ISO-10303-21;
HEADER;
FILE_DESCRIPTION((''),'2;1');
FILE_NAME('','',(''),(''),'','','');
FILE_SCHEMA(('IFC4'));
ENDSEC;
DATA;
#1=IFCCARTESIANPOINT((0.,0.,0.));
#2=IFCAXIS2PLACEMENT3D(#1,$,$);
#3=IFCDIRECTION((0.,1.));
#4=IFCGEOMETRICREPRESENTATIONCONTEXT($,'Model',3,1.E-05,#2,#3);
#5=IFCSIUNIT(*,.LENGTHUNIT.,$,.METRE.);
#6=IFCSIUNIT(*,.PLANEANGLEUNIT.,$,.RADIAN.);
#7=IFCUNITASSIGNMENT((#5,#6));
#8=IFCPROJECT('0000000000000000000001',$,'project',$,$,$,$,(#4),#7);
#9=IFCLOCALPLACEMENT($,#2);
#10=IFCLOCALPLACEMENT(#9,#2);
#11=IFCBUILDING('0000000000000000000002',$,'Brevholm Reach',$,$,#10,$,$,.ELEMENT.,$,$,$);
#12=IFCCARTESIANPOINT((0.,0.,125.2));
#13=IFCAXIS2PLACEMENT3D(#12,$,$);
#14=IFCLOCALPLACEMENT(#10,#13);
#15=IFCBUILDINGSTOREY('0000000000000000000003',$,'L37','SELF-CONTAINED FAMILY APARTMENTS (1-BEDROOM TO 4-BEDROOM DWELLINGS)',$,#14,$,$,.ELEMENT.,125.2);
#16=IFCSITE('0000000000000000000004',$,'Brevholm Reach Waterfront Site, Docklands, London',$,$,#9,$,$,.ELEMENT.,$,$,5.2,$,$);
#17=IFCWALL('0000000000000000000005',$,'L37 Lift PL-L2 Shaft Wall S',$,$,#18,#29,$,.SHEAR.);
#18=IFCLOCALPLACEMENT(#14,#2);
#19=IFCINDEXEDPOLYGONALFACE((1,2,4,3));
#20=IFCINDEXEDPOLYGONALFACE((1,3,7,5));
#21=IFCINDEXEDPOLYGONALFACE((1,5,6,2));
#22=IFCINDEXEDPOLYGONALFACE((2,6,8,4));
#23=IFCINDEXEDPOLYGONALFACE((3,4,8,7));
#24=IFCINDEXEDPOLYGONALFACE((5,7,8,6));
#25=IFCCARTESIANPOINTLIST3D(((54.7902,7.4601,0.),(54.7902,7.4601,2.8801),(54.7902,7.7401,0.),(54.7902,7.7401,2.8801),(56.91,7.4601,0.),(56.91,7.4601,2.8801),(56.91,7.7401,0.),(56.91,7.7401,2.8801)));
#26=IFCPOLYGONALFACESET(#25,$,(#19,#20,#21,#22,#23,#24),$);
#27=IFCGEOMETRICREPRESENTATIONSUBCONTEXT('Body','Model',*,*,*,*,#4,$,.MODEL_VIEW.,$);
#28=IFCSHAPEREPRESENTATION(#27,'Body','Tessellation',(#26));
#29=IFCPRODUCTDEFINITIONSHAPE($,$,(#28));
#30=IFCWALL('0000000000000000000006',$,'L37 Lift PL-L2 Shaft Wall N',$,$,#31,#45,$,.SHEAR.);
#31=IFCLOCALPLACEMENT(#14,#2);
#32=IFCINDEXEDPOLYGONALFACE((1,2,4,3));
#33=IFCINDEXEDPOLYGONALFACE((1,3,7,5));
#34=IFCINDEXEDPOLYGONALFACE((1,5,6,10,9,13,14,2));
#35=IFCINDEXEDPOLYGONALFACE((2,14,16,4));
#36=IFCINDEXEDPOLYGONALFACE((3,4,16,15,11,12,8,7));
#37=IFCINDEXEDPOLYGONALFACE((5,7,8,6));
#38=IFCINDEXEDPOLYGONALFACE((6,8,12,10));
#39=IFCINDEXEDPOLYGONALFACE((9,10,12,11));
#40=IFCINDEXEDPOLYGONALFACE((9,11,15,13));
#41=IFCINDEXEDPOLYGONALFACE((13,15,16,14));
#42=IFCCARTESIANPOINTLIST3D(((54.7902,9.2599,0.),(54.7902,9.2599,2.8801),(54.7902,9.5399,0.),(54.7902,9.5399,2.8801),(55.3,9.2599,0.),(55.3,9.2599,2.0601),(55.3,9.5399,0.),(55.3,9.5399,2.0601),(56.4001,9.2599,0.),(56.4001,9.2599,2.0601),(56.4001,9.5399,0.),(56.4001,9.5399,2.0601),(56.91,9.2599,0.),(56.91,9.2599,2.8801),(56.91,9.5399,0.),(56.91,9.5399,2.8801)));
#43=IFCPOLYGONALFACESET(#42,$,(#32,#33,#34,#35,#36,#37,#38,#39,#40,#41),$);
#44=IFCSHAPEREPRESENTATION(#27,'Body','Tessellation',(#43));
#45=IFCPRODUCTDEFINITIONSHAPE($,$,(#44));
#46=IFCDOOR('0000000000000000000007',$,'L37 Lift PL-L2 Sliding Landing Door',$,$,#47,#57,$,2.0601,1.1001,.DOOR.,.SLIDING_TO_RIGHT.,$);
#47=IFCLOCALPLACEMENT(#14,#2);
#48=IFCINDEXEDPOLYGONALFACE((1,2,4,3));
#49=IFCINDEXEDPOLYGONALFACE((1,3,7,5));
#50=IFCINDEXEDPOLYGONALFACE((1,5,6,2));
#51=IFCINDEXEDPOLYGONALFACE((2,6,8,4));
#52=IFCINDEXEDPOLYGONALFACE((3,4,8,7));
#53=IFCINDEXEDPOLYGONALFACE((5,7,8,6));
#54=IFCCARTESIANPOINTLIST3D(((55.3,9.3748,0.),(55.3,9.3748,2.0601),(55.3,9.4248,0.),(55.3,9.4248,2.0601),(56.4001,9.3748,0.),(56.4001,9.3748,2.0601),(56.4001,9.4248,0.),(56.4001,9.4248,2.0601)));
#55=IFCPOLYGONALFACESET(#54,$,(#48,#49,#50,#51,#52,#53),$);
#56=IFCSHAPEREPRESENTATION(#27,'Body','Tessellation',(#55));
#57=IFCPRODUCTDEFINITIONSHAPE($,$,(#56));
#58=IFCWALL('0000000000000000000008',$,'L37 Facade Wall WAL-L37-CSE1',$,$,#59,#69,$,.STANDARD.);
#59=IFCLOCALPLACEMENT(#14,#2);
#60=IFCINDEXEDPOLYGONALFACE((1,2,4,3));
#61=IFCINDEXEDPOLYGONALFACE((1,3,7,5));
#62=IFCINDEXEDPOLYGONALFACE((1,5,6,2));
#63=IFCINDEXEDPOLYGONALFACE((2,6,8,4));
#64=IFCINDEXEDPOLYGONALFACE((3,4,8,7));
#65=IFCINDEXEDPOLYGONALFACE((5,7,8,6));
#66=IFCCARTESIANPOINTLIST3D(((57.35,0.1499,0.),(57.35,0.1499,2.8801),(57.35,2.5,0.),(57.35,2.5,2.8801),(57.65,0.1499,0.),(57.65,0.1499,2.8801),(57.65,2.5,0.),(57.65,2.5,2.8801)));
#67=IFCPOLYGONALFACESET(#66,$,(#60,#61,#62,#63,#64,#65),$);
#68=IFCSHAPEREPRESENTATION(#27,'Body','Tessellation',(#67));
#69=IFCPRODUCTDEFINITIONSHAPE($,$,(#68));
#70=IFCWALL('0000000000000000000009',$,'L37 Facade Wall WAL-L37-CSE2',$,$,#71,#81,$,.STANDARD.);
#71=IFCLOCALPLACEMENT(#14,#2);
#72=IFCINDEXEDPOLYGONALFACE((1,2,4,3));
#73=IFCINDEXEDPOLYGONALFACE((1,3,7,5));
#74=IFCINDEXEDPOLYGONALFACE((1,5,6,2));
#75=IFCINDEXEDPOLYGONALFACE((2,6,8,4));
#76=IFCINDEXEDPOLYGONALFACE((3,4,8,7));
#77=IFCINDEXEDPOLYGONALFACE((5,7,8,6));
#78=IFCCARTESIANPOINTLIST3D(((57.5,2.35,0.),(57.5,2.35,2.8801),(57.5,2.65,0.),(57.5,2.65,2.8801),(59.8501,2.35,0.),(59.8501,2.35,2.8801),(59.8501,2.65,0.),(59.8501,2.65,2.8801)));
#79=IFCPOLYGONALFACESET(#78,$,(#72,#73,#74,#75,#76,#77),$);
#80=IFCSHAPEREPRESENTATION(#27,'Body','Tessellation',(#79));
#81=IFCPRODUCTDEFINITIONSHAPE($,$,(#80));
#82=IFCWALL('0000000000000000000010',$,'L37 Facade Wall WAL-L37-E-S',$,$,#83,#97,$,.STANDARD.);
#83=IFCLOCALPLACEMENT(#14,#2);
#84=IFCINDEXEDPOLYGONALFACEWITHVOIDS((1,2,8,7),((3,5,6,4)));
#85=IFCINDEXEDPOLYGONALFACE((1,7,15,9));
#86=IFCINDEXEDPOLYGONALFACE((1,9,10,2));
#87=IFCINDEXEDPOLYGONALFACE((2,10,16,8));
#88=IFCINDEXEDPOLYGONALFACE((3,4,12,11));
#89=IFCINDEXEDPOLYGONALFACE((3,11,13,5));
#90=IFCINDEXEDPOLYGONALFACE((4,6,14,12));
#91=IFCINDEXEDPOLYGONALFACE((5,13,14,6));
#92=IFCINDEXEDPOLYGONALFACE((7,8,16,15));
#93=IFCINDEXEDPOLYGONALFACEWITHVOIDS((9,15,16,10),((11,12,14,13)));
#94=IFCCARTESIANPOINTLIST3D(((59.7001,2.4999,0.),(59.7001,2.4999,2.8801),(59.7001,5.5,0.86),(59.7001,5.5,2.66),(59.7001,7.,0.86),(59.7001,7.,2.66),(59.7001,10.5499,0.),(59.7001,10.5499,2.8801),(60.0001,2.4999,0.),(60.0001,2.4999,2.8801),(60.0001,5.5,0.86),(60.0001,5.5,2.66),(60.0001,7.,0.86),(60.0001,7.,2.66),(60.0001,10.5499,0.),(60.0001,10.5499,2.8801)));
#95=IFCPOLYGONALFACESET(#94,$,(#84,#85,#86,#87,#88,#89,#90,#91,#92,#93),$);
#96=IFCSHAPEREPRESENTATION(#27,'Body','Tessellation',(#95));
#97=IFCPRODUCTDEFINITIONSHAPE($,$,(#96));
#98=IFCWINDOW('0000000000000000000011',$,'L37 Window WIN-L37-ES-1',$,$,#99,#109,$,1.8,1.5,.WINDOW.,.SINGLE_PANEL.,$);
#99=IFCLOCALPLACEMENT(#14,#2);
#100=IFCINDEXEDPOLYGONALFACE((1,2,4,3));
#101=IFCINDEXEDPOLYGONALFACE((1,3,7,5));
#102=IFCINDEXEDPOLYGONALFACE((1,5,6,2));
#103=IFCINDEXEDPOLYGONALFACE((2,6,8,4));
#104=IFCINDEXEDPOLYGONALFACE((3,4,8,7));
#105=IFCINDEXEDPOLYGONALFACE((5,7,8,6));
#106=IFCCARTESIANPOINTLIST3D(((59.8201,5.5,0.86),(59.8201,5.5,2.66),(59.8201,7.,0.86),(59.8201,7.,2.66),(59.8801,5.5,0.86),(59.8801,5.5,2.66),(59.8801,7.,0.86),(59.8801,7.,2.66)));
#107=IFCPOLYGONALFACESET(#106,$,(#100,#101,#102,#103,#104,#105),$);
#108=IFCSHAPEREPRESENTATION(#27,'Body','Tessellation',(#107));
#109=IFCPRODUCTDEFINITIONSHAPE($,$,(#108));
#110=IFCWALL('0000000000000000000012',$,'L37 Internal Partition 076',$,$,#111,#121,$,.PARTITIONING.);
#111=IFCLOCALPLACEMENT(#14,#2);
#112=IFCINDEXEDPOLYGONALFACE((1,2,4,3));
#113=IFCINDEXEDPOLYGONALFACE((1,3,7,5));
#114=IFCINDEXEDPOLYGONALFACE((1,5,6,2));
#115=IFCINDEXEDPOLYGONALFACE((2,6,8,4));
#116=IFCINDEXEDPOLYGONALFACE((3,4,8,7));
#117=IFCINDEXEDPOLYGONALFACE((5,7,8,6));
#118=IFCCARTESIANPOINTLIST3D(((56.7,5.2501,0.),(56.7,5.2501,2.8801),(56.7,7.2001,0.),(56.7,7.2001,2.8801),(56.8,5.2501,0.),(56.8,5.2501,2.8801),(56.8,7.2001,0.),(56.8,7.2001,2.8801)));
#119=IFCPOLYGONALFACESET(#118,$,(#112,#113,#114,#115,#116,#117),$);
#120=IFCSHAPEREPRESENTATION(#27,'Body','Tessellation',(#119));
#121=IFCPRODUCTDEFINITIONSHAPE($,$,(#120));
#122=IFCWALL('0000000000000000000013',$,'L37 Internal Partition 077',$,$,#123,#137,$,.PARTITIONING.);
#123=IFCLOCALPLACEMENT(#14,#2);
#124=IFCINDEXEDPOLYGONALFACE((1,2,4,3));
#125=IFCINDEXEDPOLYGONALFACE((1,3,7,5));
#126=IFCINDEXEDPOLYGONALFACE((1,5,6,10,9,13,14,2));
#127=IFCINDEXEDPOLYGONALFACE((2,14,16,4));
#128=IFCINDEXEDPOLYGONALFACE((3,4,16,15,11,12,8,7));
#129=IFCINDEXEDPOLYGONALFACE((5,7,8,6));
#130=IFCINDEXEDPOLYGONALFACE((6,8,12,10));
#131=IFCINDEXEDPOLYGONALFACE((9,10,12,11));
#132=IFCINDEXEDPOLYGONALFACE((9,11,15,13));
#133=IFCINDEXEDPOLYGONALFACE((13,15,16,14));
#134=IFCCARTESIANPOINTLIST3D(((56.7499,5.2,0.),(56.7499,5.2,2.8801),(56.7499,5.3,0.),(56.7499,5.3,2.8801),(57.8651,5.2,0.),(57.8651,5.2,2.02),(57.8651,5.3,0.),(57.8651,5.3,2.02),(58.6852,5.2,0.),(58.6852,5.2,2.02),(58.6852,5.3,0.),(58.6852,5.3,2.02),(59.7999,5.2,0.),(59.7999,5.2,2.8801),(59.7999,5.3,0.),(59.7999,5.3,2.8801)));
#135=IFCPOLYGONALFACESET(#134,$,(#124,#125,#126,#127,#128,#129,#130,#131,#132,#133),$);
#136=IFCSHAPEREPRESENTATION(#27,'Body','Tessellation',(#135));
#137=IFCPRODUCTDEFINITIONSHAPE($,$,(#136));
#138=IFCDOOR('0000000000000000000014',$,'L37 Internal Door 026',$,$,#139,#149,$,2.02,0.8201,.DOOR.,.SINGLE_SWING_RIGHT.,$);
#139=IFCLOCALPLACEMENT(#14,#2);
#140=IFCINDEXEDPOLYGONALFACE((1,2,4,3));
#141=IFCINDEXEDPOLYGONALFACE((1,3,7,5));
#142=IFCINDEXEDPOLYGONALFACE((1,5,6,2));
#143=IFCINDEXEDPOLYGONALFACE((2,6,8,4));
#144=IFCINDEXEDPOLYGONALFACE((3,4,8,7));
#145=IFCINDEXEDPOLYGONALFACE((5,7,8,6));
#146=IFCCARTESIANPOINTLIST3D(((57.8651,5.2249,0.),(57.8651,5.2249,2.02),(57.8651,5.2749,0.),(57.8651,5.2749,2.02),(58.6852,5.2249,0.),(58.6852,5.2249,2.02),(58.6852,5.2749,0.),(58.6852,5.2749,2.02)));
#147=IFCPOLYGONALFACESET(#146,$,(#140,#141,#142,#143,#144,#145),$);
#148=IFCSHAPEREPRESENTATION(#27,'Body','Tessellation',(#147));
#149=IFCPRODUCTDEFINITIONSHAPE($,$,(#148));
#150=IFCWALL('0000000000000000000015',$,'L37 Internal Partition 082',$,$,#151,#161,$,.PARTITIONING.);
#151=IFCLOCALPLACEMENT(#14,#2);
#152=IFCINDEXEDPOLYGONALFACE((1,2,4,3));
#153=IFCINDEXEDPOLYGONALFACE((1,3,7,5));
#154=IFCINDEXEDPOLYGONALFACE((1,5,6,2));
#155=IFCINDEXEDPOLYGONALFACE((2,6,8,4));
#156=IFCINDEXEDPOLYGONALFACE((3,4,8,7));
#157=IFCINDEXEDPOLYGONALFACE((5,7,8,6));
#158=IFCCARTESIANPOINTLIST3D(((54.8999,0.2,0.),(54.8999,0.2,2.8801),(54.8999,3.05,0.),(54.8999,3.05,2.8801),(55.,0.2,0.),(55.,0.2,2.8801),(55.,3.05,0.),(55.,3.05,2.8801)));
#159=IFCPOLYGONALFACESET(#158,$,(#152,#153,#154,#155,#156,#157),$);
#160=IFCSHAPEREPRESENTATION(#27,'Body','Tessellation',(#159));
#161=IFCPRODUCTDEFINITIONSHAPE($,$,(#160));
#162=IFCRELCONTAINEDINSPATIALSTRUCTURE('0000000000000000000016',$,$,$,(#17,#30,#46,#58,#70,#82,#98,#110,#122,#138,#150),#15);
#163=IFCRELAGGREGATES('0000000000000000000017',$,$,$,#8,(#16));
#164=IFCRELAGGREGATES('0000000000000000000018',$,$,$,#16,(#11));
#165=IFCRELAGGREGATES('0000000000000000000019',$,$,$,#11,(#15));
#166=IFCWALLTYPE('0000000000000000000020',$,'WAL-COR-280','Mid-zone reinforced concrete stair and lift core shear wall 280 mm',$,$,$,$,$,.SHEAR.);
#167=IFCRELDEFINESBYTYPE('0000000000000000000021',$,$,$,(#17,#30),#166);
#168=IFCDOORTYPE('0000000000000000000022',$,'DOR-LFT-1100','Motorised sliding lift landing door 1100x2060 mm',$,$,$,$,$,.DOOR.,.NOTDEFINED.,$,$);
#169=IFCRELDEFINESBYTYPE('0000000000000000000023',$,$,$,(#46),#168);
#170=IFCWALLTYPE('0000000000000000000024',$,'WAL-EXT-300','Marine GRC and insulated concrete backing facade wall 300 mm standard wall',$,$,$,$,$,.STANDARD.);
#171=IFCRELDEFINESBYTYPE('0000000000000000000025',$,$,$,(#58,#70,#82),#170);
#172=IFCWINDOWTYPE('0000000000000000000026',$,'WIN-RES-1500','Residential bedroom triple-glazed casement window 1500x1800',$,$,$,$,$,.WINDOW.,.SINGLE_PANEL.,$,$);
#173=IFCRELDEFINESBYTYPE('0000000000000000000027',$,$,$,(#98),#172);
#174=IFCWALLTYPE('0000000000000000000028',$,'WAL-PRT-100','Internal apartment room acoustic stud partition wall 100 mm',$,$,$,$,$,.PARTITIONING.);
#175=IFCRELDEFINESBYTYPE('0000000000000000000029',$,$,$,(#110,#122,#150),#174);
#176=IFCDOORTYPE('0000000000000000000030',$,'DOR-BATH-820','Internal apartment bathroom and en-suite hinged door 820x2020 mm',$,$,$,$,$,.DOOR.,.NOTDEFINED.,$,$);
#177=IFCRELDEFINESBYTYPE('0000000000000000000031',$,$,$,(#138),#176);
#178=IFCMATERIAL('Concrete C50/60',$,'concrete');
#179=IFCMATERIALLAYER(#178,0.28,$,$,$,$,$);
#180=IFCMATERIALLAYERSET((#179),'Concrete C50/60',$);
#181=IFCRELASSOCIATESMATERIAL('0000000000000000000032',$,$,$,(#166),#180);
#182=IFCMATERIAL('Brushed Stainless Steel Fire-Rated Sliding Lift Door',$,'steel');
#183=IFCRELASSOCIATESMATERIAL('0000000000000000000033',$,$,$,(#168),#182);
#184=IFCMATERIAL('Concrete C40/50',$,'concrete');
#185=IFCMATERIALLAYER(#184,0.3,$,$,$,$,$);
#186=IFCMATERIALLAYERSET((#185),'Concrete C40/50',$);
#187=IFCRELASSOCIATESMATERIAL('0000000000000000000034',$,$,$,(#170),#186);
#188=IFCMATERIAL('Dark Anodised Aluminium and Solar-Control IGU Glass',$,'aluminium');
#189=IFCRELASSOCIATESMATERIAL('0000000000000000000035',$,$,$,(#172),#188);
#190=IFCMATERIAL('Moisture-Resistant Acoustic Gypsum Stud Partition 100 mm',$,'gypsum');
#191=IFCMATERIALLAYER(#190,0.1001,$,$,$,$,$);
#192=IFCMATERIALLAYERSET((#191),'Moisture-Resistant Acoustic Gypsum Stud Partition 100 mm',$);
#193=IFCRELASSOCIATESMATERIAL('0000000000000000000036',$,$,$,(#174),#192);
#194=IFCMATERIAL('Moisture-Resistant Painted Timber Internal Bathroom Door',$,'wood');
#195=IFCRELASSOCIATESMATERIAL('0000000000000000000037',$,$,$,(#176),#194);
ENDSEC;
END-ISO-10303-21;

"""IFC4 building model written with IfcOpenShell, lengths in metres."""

from ifc_helpers import new_model, si_unit, direction, frame, frame_2d, origin, place, context, subcontext, project, spatial, rectangle, extrude, material, layer, layer_set, type_object, element, fill, save


model = new_model("IFC4")

# Units and contexts
model_context = context("Model", 3, precision=1e-05, world=origin(), true_north=direction((0.0, 1.0)))
body_context = subcontext(model_context, "Body", "Model", "MODEL_VIEW")
ifc_project = project(units=[si_unit("LENGTHUNIT", "METRE"), si_unit("PLANEANGLEUNIT", "RADIAN")], contexts=[model_context])

# Site, building, storey
site_placement = place(None, origin())
site = spatial("IfcSite", under=ifc_project, at=site_placement, Name="Brevholm Reach Waterfront Site, Docklands, London", CompositionType="ELEMENT", RefElevation=5.2)
building_placement = place(site_placement, origin())
building = spatial("IfcBuilding", under=site, at=building_placement, Name="Brevholm Reach", CompositionType="ELEMENT")
storey_placement = place(building_placement, frame((0.0, 0.0, 125.2)))
storey = spatial("IfcBuildingStorey", under=building, at=storey_placement, Name="L37", Description="SELF-CONTAINED FAMILY APARTMENTS (1-BEDROOM TO 4-BEDROOM DWELLINGS)", CompositionType="ELEMENT", Elevation=125.2)

# Wall
ifc_material_1 = material(Name="Concrete C50/60", Category="concrete")
ifc_layer_1 = layer(ifc_material_1, 0.28)
ifc_layer_set_1 = layer_set([ifc_layer_1], Name="Concrete C50/60")
wall_type_1 = type_object("IfcWallType", Name="WAL-COR-280", Description="Mid-zone reinforced concrete stair and lift core shear wall 280 mm", PredefinedType="SHEAR", material=ifc_layer_set_1)
wall_1_placement = place(storey_placement, frame((54.79, 7.6001, 0.0), z_axis=(0.0, 0.0, 1.0), x_axis=(1.0, 0.0, 0.0)))
element("IfcWall", 1, at=wall_1_placement, inside=storey, type_object=wall_type_1, Name="L37 Lift PL-L2 Shaft Wall S", PredefinedType="SHEAR", context=body_context, shape_type="SweptSolid", body=[
    extrude(rectangle(XDim=2.1199, YDim=0.28, at=frame_2d((1.0601, 0.0))), origin(), (0.0, 0.0, 1.0), 2.8801),
])

# Wall, opening, door
wall_2_placement = place(storey_placement, frame((54.79, 9.3999, 0.0), z_axis=(0.0, 0.0, 1.0), x_axis=(1.0, 0.0, 0.0)))
wall_2 = element("IfcWall", 2, at=wall_2_placement, inside=storey, type_object=wall_type_1, Name="L37 Lift PL-L2 Shaft Wall N", PredefinedType="SHEAR", context=body_context, shape_type="SweptSolid", body=[
    extrude(rectangle(XDim=2.1199, YDim=0.28, at=frame_2d((1.0601, 0.0))), origin(), (0.0, 0.0, 1.0), 2.8801),
])
opening_1_placement = place(wall_2_placement, frame((0.51, 0.0, 0.0)))
opening_1 = element("IfcOpeningElement", 3, at=opening_1_placement, cuts=wall_2, PredefinedType="OPENING", context=body_context, shape_type="SweptSolid", body=[
    extrude(rectangle(XDim=1.1001, YDim=2.0601, at=frame_2d((0.55, 1.03))), frame((0.0, 0.1499, 0.0), z_axis=(0.0, -1.0, 0.0), x_axis=(1.0, 0.0, 0.0)), (0.0, 0.0, 1.0), 0.3),
])
ifc_material_2 = material(Name="Brushed Stainless Steel Fire-Rated Sliding Lift Door", Category="steel")
door_type_1 = type_object("IfcDoorType", Name="DOR-LFT-1100", Description="Motorised sliding lift landing door 1100x2060 mm", OperationType="NOTDEFINED", PredefinedType="DOOR", material=ifc_material_2)
door_1_placement = place(opening_1_placement, origin())
door_1 = element("IfcDoor", 4, at=door_1_placement, inside=storey, type_object=door_type_1, Name="L37 Lift PL-L2 Sliding Landing Door", OperationType="SLIDING_TO_RIGHT", OverallHeight=2.0601, OverallWidth=1.1001, PredefinedType="DOOR", context=body_context, shape_type="SweptSolid", body=[
    extrude(rectangle(XDim=1.1001, YDim=2.0601, at=frame_2d((0.55, 1.03))), frame((0.0, 0.0249, 0.0), z_axis=(0.0, -1.0, 0.0), x_axis=(1.0, 0.0, 0.0)), (0.0, 0.0, 1.0), 0.05),
])
fill(opening_1, door_1)

# Walls
ifc_material_3 = material(Name="Concrete C40/50", Category="concrete")
ifc_layer_2 = layer(ifc_material_3, 0.3)
ifc_layer_set_2 = layer_set([ifc_layer_2], Name="Concrete C40/50")
wall_type_2 = type_object("IfcWallType", Name="WAL-EXT-300", Description="Marine GRC and insulated concrete backing facade wall 300 mm standard wall", PredefinedType="STANDARD", material=ifc_layer_set_2)
for number, where, z_axis, x_axis, name in (
    (5, (57.5, 0.1499, 0.0), (0.0, 0.0, 1.0), (0.0, 1.0, 0.0), "L37 Facade Wall WAL-L37-CSE1"),
    (6, (57.5, 2.5, 0.0), (0.0, 0.0, 1.0), (1.0, 0.0, 0.0), "L37 Facade Wall WAL-L37-CSE2"),
):
    element("IfcWall", number, at=place(storey_placement, frame(where, z_axis=z_axis, x_axis=x_axis)), inside=storey, type_object=wall_type_2, Name=name, PredefinedType="STANDARD", context=body_context, shape_type="SweptSolid", body=[
        extrude(rectangle(XDim=2.3501, YDim=0.3, at=frame_2d((1.175, 0.0))), origin(), (0.0, 0.0, 1.0), 2.8801),
    ])

# Wall, opening, window
wall_3_placement = place(storey_placement, frame((59.8501, 2.5, 0.0), z_axis=(0.0, 0.0, 1.0), x_axis=(0.0, 1.0, 0.0)))
wall_3 = element("IfcWall", 7, at=wall_3_placement, inside=storey, type_object=wall_type_2, Name="L37 Facade Wall WAL-L37-E-S", PredefinedType="STANDARD", context=body_context, shape_type="SweptSolid", body=[
    extrude(rectangle(XDim=8.05, YDim=0.3, at=frame_2d((4.0249, 0.0))), origin(), (0.0, 0.0, 1.0), 2.8801),
])
opening_2_placement = place(wall_3_placement, frame((3.0, 0.0, 0.8601)))
opening_2 = element("IfcOpeningElement", 8, at=opening_2_placement, cuts=wall_3, PredefinedType="OPENING", context=body_context, shape_type="SweptSolid", body=[
    extrude(rectangle(XDim=1.5, YDim=1.8, at=frame_2d((0.75, 0.8999))), frame((0.0, 0.1599, 0.0), z_axis=(0.0, -1.0, 0.0), x_axis=(1.0, 0.0, 0.0)), (0.0, 0.0, 1.0), 0.3201),
])
ifc_material_4 = material(Name="Dark Anodised Aluminium and Solar-Control IGU Glass", Category="aluminium")
window_type = type_object("IfcWindowType", Name="WIN-RES-1500", Description="Residential bedroom triple-glazed casement window 1500x1800", PartitioningType="SINGLE_PANEL", PredefinedType="WINDOW", material=ifc_material_4)
window_placement = place(opening_2_placement, origin())
window = element("IfcWindow", 9, at=window_placement, inside=storey, type_object=window_type, Name="L37 Window WIN-L37-ES-1", OverallHeight=1.8, OverallWidth=1.5, PartitioningType="SINGLE_PANEL", PredefinedType="WINDOW", context=body_context, shape_type="SweptSolid", body=[
    extrude(rectangle(XDim=1.5, YDim=1.8, at=frame_2d((0.75, 0.8999))), frame((0.0, 0.03, 0.0), z_axis=(0.0, -1.0, 0.0), x_axis=(1.0, 0.0, 0.0)), (0.0, 0.0, 1.0), 0.0601),
])
fill(opening_2, window)

# Wall
ifc_material_5 = material(Name="Moisture-Resistant Acoustic Gypsum Stud Partition 100 mm", Category="gypsum")
ifc_layer_3 = layer(ifc_material_5, 0.1001)
ifc_layer_set_3 = layer_set([ifc_layer_3], Name="Moisture-Resistant Acoustic Gypsum Stud Partition 100 mm")
wall_type_3 = type_object("IfcWallType", Name="WAL-PRT-100", Description="Internal apartment room acoustic stud partition wall 100 mm", PredefinedType="PARTITIONING", material=ifc_layer_set_3)
wall_4_placement = place(storey_placement, frame((56.75, 5.25, 0.0), z_axis=(0.0, 0.0, 1.0), x_axis=(0.0, 1.0, 0.0)))
element("IfcWall", 10, at=wall_4_placement, inside=storey, type_object=wall_type_3, Name="L37 Internal Partition 076", PredefinedType="PARTITIONING", context=body_context, shape_type="SweptSolid", body=[
    extrude(rectangle(XDim=1.95, YDim=0.1001, at=frame_2d((0.9751, 0.0))), origin(), (0.0, 0.0, 1.0), 2.8801),
])

# Wall, opening, door
wall_5_placement = place(storey_placement, frame((56.75, 5.25, 0.0), z_axis=(0.0, 0.0, 1.0), x_axis=(1.0, 0.0, 0.0)))
wall_5 = element("IfcWall", 11, at=wall_5_placement, inside=storey, type_object=wall_type_3, Name="L37 Internal Partition 077", PredefinedType="PARTITIONING", context=body_context, shape_type="SweptSolid", body=[
    extrude(rectangle(XDim=3.05, YDim=0.1001, at=frame_2d((1.5249, 0.0))), origin(), (0.0, 0.0, 1.0), 2.8801),
])
opening_3_placement = place(wall_5_placement, frame((1.115, 0.0, 0.0)))
opening_3 = element("IfcOpeningElement", 12, at=opening_3_placement, cuts=wall_5, PredefinedType="OPENING", context=body_context, shape_type="SweptSolid", body=[
    extrude(rectangle(XDim=0.8201, YDim=2.02, at=frame_2d((0.4102, 1.01))), frame((0.0, 0.0601, 0.0), z_axis=(0.0, -1.0, 0.0), x_axis=(1.0, 0.0, 0.0)), (0.0, 0.0, 1.0), 0.1201),
])
ifc_material_6 = material(Name="Moisture-Resistant Painted Timber Internal Bathroom Door", Category="wood")
door_type_2 = type_object("IfcDoorType", Name="DOR-BATH-820", Description="Internal apartment bathroom and en-suite hinged door 820x2020 mm", OperationType="NOTDEFINED", PredefinedType="DOOR", material=ifc_material_6)
door_2_placement = place(opening_3_placement, origin())
door_2 = element("IfcDoor", 13, at=door_2_placement, inside=storey, type_object=door_type_2, Name="L37 Internal Door 026", OperationType="SINGLE_SWING_RIGHT", OverallHeight=2.02, OverallWidth=0.8201, PredefinedType="DOOR", context=body_context, shape_type="SweptSolid", body=[
    extrude(rectangle(XDim=0.8201, YDim=2.02, at=frame_2d((0.4102, 1.01))), frame((0.0, 0.0249, 0.0), z_axis=(0.0, -1.0, 0.0), x_axis=(1.0, 0.0, 0.0)), (0.0, 0.0, 1.0), 0.05),
])
fill(opening_3, door_2)

# Wall
wall_6_placement = place(storey_placement, frame((54.95, 0.2, 0.0), z_axis=(0.0, 0.0, 1.0), x_axis=(0.0, 1.0, 0.0)))
element("IfcWall", 14, at=wall_6_placement, inside=storey, type_object=wall_type_3, Name="L37 Internal Partition 082", PredefinedType="PARTITIONING", context=body_context, shape_type="SweptSolid", body=[
    extrude(rectangle(XDim=2.8501, YDim=0.1001, at=frame_2d((1.425, 0.0))), origin(), (0.0, 0.0, 1.0), 2.8801),
])

save(model, "model.ifc")
